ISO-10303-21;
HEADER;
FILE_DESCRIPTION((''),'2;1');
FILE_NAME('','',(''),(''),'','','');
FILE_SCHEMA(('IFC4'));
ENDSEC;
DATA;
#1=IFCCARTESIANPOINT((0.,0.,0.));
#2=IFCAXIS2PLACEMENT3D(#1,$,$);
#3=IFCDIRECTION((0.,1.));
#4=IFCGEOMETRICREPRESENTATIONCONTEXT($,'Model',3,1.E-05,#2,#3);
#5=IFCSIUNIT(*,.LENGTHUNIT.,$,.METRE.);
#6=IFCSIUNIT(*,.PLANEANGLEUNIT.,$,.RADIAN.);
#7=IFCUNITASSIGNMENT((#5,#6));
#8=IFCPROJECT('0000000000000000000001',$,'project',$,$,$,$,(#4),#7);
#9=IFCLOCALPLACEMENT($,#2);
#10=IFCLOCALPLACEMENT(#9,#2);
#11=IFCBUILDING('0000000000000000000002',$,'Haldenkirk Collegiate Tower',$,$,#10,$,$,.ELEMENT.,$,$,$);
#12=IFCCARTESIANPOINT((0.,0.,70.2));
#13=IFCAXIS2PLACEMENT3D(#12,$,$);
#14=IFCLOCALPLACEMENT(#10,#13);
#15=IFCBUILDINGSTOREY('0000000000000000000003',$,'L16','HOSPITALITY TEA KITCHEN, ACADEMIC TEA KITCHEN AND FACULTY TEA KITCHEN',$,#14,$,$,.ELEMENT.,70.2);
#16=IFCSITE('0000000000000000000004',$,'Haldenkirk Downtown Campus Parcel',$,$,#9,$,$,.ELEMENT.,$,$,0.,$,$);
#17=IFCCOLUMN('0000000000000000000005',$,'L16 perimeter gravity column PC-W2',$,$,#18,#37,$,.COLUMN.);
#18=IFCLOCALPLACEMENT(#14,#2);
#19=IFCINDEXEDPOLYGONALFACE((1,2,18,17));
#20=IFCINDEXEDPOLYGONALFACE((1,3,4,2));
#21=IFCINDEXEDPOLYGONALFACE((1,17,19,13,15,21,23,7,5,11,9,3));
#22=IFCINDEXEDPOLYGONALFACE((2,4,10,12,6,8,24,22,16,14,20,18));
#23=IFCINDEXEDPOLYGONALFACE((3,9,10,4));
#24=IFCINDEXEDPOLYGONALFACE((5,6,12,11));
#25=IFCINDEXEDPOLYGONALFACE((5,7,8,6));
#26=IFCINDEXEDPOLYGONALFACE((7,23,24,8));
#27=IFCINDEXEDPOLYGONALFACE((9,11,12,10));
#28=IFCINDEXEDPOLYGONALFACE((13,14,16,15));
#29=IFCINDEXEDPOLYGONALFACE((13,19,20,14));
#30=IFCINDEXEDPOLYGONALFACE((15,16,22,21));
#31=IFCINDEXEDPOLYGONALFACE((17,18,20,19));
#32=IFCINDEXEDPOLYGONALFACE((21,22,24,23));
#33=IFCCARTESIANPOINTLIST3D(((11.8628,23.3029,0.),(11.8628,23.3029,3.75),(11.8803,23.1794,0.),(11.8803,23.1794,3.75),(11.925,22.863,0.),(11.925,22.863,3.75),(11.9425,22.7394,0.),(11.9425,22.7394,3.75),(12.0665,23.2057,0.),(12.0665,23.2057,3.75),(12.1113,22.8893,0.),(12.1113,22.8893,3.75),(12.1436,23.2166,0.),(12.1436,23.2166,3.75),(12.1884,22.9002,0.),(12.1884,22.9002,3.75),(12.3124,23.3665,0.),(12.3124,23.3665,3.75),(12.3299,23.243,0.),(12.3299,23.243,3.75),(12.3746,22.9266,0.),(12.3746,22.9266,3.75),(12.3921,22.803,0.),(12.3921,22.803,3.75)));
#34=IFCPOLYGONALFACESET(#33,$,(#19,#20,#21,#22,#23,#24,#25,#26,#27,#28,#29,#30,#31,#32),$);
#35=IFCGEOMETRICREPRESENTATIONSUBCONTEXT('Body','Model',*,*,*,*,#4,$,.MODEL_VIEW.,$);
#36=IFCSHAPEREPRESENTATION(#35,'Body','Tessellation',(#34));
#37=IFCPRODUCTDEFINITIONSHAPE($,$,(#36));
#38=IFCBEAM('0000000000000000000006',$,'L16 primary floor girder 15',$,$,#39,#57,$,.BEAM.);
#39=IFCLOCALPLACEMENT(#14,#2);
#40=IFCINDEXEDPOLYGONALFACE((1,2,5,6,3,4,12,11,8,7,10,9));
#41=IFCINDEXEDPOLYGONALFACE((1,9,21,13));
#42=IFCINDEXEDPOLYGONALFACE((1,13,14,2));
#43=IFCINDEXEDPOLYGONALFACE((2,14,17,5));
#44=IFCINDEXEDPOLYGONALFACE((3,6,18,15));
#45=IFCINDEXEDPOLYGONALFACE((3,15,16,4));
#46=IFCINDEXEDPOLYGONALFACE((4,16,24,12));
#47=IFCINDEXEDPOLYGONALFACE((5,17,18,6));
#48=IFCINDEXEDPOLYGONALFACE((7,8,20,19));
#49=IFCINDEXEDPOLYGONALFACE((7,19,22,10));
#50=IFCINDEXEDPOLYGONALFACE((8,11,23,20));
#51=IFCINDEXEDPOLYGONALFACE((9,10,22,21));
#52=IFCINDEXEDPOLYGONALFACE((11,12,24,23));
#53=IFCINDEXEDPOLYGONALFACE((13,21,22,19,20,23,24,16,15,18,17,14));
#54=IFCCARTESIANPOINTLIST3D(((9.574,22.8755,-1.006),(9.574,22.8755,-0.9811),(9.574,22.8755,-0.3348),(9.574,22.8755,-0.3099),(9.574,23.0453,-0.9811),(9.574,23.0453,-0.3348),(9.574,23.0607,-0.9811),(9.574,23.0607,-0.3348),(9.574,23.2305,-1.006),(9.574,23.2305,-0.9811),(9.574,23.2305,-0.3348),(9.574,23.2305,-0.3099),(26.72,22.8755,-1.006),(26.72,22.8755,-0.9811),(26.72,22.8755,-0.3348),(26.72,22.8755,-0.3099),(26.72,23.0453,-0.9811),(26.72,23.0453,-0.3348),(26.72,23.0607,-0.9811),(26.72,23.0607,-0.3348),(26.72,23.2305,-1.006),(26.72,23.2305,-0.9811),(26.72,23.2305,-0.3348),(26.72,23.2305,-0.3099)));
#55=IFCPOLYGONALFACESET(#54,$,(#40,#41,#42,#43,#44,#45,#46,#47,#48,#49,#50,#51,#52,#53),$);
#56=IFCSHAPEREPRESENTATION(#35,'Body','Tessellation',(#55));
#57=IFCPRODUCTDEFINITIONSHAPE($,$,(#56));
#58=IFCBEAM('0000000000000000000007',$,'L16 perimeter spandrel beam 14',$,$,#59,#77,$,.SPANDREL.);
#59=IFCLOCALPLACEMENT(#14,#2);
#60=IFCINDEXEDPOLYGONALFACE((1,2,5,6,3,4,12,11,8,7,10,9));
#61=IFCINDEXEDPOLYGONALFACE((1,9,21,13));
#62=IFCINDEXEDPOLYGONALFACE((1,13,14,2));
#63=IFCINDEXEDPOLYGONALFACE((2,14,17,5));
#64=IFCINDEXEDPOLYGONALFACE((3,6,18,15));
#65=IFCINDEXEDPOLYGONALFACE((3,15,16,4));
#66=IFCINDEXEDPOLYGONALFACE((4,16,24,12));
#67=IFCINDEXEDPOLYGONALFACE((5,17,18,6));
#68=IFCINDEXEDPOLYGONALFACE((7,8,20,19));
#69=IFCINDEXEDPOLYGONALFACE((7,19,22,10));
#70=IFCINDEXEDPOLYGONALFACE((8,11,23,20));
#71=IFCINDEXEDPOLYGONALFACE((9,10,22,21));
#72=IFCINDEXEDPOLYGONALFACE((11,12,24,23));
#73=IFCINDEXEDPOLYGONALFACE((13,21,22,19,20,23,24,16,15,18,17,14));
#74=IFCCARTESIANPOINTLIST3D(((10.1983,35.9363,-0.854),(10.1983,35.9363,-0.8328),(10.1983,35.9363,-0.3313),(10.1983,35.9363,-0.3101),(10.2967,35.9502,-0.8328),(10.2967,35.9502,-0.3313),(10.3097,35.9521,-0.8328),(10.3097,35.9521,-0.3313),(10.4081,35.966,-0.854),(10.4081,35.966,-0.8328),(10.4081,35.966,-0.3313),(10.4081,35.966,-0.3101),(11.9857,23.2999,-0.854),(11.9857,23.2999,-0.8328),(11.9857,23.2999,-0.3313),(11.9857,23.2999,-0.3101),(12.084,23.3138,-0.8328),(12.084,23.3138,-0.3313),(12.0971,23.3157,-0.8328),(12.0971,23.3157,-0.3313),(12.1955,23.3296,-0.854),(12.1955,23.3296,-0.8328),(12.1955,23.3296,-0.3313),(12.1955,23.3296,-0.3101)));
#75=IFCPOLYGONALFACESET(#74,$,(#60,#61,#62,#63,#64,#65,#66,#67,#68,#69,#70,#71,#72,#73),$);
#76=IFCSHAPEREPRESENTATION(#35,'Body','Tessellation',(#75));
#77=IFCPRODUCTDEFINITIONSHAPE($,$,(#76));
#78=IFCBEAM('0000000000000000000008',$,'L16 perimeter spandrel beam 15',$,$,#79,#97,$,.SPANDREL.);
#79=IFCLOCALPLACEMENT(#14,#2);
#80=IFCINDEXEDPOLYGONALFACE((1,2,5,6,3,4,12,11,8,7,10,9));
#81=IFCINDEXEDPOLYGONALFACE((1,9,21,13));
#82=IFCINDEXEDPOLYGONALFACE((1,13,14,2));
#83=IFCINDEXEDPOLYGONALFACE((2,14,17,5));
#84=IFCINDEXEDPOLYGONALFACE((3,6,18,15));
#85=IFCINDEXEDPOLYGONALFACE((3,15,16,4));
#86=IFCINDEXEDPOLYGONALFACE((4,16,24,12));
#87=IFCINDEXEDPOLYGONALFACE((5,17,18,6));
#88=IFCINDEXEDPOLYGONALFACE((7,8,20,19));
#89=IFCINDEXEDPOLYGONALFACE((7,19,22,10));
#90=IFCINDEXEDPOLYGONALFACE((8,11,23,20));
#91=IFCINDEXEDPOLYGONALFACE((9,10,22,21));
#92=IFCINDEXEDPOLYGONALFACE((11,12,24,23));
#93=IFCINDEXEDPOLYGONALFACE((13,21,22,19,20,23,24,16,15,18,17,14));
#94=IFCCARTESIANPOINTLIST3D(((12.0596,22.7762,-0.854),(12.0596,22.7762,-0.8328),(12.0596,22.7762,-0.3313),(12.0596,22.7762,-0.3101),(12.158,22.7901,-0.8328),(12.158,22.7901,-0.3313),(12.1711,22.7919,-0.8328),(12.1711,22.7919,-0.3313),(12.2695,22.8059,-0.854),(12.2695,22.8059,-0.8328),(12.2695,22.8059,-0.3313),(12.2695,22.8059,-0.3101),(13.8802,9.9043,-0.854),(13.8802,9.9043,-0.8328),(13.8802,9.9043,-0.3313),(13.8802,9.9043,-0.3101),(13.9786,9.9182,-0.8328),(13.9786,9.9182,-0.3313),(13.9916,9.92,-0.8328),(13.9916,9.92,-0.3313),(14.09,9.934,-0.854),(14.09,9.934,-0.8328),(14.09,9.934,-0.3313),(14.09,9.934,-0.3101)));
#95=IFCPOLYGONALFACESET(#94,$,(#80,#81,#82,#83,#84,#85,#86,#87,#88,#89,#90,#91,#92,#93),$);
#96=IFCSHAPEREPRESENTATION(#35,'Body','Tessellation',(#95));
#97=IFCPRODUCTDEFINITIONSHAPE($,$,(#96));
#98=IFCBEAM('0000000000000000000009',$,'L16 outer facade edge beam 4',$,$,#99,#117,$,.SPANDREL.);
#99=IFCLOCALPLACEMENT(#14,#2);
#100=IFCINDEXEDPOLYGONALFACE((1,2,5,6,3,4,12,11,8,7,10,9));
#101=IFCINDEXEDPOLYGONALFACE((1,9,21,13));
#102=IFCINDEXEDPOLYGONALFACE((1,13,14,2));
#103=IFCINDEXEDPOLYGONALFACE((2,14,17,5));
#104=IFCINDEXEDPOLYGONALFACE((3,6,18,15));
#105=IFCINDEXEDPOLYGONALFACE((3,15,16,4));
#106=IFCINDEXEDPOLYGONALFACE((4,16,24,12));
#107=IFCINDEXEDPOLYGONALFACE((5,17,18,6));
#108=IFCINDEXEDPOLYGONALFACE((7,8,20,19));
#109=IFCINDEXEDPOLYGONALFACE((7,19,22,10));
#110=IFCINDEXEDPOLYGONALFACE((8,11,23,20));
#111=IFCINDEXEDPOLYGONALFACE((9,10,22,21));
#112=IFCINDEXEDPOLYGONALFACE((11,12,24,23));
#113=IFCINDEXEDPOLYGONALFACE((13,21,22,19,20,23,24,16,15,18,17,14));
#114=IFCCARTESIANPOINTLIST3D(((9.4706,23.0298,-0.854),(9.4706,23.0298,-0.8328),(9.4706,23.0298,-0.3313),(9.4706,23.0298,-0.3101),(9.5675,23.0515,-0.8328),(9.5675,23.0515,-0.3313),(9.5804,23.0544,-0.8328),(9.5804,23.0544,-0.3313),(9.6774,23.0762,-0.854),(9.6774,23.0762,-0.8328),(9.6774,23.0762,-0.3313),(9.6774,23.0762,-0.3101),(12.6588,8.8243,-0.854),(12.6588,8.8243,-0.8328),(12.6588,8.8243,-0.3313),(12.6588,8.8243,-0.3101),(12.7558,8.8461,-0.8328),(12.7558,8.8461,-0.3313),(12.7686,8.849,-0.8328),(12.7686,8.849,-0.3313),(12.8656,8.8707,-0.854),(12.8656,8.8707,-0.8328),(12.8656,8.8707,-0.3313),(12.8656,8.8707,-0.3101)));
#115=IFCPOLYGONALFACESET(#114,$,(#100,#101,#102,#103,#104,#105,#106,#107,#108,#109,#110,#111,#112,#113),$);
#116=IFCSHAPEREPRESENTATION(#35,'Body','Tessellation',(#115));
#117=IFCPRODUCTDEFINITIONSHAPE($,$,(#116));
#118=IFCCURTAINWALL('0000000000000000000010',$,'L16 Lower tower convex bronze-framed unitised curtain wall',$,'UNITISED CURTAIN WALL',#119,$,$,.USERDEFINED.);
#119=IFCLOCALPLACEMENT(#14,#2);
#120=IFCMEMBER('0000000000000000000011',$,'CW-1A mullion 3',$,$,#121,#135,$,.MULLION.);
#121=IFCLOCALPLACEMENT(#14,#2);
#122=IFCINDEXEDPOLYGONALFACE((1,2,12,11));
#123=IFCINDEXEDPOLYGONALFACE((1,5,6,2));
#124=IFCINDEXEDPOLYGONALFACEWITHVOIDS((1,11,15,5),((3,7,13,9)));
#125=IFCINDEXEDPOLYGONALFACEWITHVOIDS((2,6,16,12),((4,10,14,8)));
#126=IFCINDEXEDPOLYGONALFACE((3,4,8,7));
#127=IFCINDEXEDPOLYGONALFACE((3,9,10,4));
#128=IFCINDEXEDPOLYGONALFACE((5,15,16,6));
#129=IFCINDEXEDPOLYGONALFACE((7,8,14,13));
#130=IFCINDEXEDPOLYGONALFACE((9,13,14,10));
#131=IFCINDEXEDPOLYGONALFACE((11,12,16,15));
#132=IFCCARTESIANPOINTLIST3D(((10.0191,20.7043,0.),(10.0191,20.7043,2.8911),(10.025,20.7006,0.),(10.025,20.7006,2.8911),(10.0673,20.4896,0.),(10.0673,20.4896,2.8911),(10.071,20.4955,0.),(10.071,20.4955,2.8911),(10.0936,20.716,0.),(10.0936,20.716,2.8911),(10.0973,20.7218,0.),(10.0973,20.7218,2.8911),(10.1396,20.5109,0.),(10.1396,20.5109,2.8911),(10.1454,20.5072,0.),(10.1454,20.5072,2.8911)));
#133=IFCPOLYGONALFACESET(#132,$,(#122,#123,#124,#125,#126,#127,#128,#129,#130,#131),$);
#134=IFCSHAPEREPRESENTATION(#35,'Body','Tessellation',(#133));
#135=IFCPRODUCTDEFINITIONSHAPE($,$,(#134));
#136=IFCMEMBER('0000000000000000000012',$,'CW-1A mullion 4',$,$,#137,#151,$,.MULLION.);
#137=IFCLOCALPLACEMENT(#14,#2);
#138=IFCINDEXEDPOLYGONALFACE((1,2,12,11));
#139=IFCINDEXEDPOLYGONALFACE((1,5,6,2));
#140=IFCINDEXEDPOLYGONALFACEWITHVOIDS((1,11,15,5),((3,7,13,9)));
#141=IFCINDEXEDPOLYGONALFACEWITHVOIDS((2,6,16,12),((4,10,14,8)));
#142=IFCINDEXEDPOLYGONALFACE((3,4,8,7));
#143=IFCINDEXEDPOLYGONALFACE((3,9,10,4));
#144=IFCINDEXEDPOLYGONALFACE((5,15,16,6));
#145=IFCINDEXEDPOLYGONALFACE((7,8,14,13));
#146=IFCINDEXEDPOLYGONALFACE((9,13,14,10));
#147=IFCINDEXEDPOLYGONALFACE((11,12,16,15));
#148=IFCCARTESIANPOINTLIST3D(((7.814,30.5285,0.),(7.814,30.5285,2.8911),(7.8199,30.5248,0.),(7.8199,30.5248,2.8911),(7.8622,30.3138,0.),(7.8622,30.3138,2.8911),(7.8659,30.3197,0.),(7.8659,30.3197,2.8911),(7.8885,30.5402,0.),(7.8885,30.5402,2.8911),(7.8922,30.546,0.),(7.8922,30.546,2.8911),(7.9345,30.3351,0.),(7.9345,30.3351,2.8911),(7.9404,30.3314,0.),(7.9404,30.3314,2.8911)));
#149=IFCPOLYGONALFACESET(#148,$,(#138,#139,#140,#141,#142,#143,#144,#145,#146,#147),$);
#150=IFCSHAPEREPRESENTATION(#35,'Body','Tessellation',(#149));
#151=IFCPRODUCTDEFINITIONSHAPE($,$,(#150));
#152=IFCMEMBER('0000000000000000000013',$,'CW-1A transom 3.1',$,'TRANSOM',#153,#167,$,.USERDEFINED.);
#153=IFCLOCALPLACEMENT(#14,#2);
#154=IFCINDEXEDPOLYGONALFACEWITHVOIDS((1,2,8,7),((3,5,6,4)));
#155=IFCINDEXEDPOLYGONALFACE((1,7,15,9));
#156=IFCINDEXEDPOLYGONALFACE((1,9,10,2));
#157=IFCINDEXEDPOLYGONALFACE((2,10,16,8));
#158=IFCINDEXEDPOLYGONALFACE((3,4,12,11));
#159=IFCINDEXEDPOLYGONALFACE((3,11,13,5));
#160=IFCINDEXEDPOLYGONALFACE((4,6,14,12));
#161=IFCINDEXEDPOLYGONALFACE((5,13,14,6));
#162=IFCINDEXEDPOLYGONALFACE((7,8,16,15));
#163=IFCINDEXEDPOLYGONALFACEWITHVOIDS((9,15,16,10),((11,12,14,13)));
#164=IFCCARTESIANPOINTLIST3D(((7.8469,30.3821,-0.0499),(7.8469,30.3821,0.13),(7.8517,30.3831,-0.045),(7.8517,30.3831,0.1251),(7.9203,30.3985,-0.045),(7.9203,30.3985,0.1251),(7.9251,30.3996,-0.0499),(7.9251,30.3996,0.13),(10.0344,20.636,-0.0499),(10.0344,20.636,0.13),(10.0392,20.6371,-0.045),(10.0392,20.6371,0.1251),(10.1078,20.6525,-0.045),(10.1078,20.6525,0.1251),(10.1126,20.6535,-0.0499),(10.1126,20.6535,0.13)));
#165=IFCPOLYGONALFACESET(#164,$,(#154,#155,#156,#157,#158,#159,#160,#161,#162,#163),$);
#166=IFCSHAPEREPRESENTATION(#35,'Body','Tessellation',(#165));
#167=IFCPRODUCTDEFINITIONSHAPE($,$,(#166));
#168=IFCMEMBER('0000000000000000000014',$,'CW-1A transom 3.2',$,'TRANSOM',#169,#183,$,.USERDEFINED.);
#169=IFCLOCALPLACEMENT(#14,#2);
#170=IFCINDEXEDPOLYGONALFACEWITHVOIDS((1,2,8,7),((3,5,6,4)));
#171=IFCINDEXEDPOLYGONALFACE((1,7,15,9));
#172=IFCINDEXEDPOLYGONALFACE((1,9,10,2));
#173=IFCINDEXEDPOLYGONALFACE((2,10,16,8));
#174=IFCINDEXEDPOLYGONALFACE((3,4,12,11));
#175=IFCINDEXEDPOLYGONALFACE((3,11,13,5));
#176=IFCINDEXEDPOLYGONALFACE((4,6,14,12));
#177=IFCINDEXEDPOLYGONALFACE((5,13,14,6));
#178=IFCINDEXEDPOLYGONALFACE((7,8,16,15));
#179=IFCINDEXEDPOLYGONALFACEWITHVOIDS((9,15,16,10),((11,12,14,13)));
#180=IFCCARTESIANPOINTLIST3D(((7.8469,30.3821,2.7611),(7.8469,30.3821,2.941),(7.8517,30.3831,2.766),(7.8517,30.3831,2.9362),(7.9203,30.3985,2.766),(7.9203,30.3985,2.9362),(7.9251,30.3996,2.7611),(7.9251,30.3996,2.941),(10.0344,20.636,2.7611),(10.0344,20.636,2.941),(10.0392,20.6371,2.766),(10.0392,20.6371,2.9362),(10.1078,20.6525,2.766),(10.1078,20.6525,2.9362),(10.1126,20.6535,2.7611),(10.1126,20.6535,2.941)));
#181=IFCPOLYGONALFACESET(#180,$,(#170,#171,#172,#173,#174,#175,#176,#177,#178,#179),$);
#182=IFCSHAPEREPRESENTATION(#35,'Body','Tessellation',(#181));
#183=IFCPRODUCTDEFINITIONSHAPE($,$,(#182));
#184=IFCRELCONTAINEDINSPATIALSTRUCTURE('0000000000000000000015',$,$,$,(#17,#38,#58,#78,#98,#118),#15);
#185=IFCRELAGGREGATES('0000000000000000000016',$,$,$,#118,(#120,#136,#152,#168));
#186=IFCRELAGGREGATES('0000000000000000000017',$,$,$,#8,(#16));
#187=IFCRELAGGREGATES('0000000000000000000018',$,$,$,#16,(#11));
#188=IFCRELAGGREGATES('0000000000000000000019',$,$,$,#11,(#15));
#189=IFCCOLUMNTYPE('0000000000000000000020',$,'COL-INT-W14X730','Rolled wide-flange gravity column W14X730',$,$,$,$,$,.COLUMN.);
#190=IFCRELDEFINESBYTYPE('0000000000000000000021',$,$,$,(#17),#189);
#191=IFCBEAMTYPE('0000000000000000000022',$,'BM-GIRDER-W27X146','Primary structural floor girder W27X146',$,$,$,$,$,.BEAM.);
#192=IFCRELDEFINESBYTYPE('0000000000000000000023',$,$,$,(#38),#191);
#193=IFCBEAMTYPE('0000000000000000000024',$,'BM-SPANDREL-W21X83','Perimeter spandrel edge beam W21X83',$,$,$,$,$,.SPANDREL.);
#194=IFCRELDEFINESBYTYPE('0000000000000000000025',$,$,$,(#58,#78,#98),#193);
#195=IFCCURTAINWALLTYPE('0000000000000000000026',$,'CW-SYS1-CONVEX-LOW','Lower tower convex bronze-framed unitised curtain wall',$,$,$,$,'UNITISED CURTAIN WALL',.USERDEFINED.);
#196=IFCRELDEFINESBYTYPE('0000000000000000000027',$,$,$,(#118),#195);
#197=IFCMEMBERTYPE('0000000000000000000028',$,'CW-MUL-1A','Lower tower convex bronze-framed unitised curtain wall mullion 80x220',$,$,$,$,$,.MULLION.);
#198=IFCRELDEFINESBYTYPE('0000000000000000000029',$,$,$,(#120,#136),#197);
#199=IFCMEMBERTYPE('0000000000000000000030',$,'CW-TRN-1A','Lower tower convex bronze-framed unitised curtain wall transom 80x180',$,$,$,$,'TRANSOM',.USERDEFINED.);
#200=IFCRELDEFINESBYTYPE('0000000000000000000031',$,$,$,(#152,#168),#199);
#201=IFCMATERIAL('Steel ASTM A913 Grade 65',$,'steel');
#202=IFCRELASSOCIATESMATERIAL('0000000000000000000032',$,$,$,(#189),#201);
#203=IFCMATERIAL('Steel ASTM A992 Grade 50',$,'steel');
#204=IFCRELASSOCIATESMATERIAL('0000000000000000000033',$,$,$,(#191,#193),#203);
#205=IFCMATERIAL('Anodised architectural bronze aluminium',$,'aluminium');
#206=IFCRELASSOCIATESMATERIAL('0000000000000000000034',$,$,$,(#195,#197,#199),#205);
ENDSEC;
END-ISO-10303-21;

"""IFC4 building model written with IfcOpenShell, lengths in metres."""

from ifc_helpers import new_model, si_unit, direction, frame, origin, origin_2d, place, context, subcontext, project, spatial, hollow_rectangle, i_section, extrude, material, material_profile, profile_set, type_object, element, aggregate, save


model = new_model("IFC4")

# Units and contexts
model_context = context("Model", 3, precision=1e-05, world=origin(), true_north=direction((0.0, 1.0)))
body_context = subcontext(model_context, "Body", "Model", "MODEL_VIEW")
ifc_project = project(units=[si_unit("LENGTHUNIT", "METRE"), si_unit("PLANEANGLEUNIT", "RADIAN")], contexts=[model_context])

# Site, building, storey
site_placement = place(None, origin())
site = spatial("IfcSite", under=ifc_project, at=site_placement, Name="Haldenkirk Downtown Campus Parcel", CompositionType="ELEMENT", RefElevation=0.0)
building_placement = place(site_placement, origin())
building = spatial("IfcBuilding", under=site, at=building_placement, Name="Haldenkirk Collegiate Tower", CompositionType="ELEMENT")
storey_placement = place(building_placement, frame((0.0, 0.0, 70.2)))
storey = spatial("IfcBuildingStorey", under=building, at=storey_placement, Name="L16", Description="HOSPITALITY TEA KITCHEN, ACADEMIC TEA KITCHEN AND FACULTY TEA KITCHEN", CompositionType="ELEMENT", Elevation=70.2)

# Column
ifc_material_1 = material(Name="Steel ASTM A913 Grade 65", Category="steel")
ifc_material_profile_1 = material_profile(ifc_material_1, i_section(OverallWidth=0.4541, OverallDepth=0.5691, WebThickness=0.0779, FlangeThickness=0.1248, at=origin_2d()), Name="W14X730")
ifc_profile_set_1 = profile_set([ifc_material_profile_1], Name="Steel ASTM A913 Grade 65")
column_type = type_object("IfcColumnType", Name="COL-INT-W14X730", Description="Rolled wide-flange gravity column W14X730", PredefinedType="COLUMN", material=ifc_profile_set_1)
column_placement = place(storey_placement, frame((12.1274, 23.053, 0.0), z_axis=(0.0, 0.0, 1.0), x_axis=(0.990146, 0.140037, 0.0)))
element("IfcColumn", 1, at=column_placement, inside=storey, type_object=column_type, Name="L16 perimeter gravity column PC-W2", PredefinedType="COLUMN", context=body_context, shape_type="SweptSolid", body=[
    extrude(i_section(OverallWidth=0.4541, OverallDepth=0.5691, WebThickness=0.0779, FlangeThickness=0.1248, at=origin_2d()), origin(), (0.0, 0.0, 1.0), 3.75),
])

# Beams
ifc_material_2 = material(Name="Steel ASTM A992 Grade 50", Category="steel")
ifc_material_profile_2 = material_profile(ifc_material_2, i_section(OverallWidth=0.355, OverallDepth=0.696, WebThickness=0.0154, FlangeThickness=0.0249, at=origin_2d()), Name="W27X146")
ifc_profile_set_2 = profile_set([ifc_material_profile_2], Name="Steel ASTM A992 Grade 50")
beam_type_1 = type_object("IfcBeamType", Name="BM-GIRDER-W27X146", Description="Primary structural floor girder W27X146", PredefinedType="BEAM", material=ifc_profile_set_2)
beam_1_placement = place(storey_placement, frame((9.574, 23.053, -0.658), z_axis=(1.0, 0.0, 0.0), x_axis=(0.0, 1.0, 0.0)))
element("IfcBeam", 2, at=beam_1_placement, inside=storey, type_object=beam_type_1, Name="L16 primary floor girder 15", PredefinedType="BEAM", context=body_context, shape_type="SweptSolid", body=[
    extrude(i_section(OverallWidth=0.355, OverallDepth=0.696, WebThickness=0.0154, FlangeThickness=0.0249, at=origin_2d()), origin(), (0.0, 0.0, 1.0), 17.146),
])
ifc_material_profile_3 = material_profile(ifc_material_2, i_section(OverallWidth=0.2119, OverallDepth=0.5439, WebThickness=0.0132, FlangeThickness=0.0212, at=origin_2d()), Name="W21X83")
ifc_profile_set_3 = profile_set([ifc_material_profile_3], Name="Steel ASTM A992 Grade 50")
beam_type_2 = type_object("IfcBeamType", Name="BM-SPANDREL-W21X83", Description="Perimeter spandrel edge beam W21X83", PredefinedType="SPANDREL", material=ifc_profile_set_3)
beam_2_placement = place(storey_placement, frame((10.3032, 35.9512, -0.582), z_axis=(0.14005, -0.990144, 0.0), x_axis=(0.990144, 0.14005, 0.0)))
element("IfcBeam", 3, at=beam_2_placement, inside=storey, type_object=beam_type_2, Name="L16 perimeter spandrel beam 14", PredefinedType="SPANDREL", context=body_context, shape_type="SweptSolid", body=[
    extrude(i_section(OverallWidth=0.2119, OverallDepth=0.5439, WebThickness=0.0132, FlangeThickness=0.0212, at=origin_2d()), origin(), (0.0, 0.0, 1.0), 12.7622),
])
beam_3_placement = place(storey_placement, frame((12.1646, 22.791, -0.582), z_axis=(0.140044, -0.990145, 0.0), x_axis=(0.990145, 0.140044, 0.0)))
element("IfcBeam", 4, at=beam_3_placement, inside=storey, type_object=beam_type_2, Name="L16 perimeter spandrel beam 15", PredefinedType="SPANDREL", context=body_context, shape_type="SweptSolid", body=[
    extrude(i_section(OverallWidth=0.2119, OverallDepth=0.5439, WebThickness=0.0132, FlangeThickness=0.0212, at=origin_2d()), origin(), (0.0, 0.0, 1.0), 13.0),
])
beam_4_placement = place(storey_placement, frame((9.574, 23.053, -0.582), z_axis=(0.218988, -0.975728, 0.0), x_axis=(0.975728, 0.218988, 0.0)))
element("IfcBeam", 5, at=beam_4_placement, inside=storey, type_object=beam_type_2, Name="L16 outer facade edge beam 4", PredefinedType="SPANDREL", context=body_context, shape_type="SweptSolid", body=[
    extrude(i_section(OverallWidth=0.2119, OverallDepth=0.5439, WebThickness=0.0132, FlangeThickness=0.0212, at=origin_2d()), origin(), (0.0, 0.0, 1.0), 14.5588),
])

# Curtain wall, members
ifc_material_3 = material(Name="Anodised architectural bronze aluminium", Category="aluminium")
curtain_wall_type = type_object("IfcCurtainWallType", Name="CW-SYS1-CONVEX-LOW", Description="Lower tower convex bronze-framed unitised curtain wall", ElementType="UNITISED CURTAIN WALL", PredefinedType="USERDEFINED", material=ifc_material_3)
curtain_wall_placement = place(storey_placement, origin())
curtain_wall = element("IfcCurtainWall", 6, at=curtain_wall_placement, inside=storey, type_object=curtain_wall_type, Name="L16 Lower tower convex bronze-framed unitised curtain wall", ObjectType="UNITISED CURTAIN WALL", PredefinedType="USERDEFINED")
ifc_material_profile_4 = material_profile(ifc_material_3, hollow_rectangle(XDim=0.0801, YDim=0.22, WallThickness=0.0049, at=origin_2d()), Name="CW-MUL-1A")
ifc_profile_set_4 = profile_set([ifc_material_profile_4], Name="Anodised architectural bronze aluminium")
member_type_1 = type_object("IfcMemberType", Name="CW-MUL-1A", Description="Lower tower convex bronze-framed unitised curtain wall mullion 80x220", PredefinedType="MULLION", material=ifc_profile_set_4)
member_1_placement = place(storey_placement, frame((10.0823, 20.6057, 0.0), z_axis=(0.0, 0.0, 1.0), x_axis=(-0.975726, -0.218995, 0.0)))
member_1 = element("IfcMember", 7, at=member_1_placement, type_object=member_type_1, Name="CW-1A mullion 3", PredefinedType="MULLION", context=body_context, shape_type="SweptSolid", body=[
    extrude(hollow_rectangle(XDim=0.0801, YDim=0.22, WallThickness=0.0049, at=origin_2d()), origin(), (0.0, 0.0, 1.0), 2.8911),
])
member_2_placement = place(storey_placement, frame((7.8772, 30.4299, 0.0), z_axis=(0.0, 0.0, 1.0), x_axis=(-0.975726, -0.218995, 0.0)))
member_2 = element("IfcMember", 8, at=member_2_placement, type_object=member_type_1, Name="CW-1A mullion 4", PredefinedType="MULLION", context=body_context, shape_type="SweptSolid", body=[
    extrude(hollow_rectangle(XDim=0.0801, YDim=0.22, WallThickness=0.0049, at=origin_2d()), origin(), (0.0, 0.0, 1.0), 2.8911),
])
ifc_material_profile_5 = material_profile(ifc_material_3, hollow_rectangle(XDim=0.0801, YDim=0.1799, WallThickness=0.0049, at=origin_2d()), Name="CW-TRN-1A")
ifc_profile_set_5 = profile_set([ifc_material_profile_5], Name="Anodised architectural bronze aluminium")
member_type_2 = type_object("IfcMemberType", Name="CW-TRN-1A", Description="Lower tower convex bronze-framed unitised curtain wall transom 80x180", ElementType="TRANSOM", PredefinedType="USERDEFINED", material=ifc_profile_set_5)
member_3_placement = place(storey_placement, frame((10.0735, 20.6448, 0.04), z_axis=(-0.219, 0.975725, 0.0), x_axis=(-0.975725, -0.219, 0.0)))
member_3 = element("IfcMember", 9, at=member_3_placement, type_object=member_type_2, Name="CW-1A transom 3.1", ObjectType="TRANSOM", PredefinedType="USERDEFINED", context=body_context, shape_type="SweptSolid", body=[
    extrude(hollow_rectangle(XDim=0.0801, YDim=0.1799, WallThickness=0.0049, at=origin_2d()), origin(), (0.0, 0.0, 1.0), 9.9885),
])
member_4_placement = place(storey_placement, frame((10.0735, 20.6448, 2.8511), z_axis=(-0.219, 0.975725, 0.0), x_axis=(-0.975725, -0.219, 0.0)))
member_4 = element("IfcMember", 10, at=member_4_placement, type_object=member_type_2, Name="CW-1A transom 3.2", ObjectType="TRANSOM", PredefinedType="USERDEFINED", context=body_context, shape_type="SweptSolid", body=[
    extrude(hollow_rectangle(XDim=0.0801, YDim=0.1799, WallThickness=0.0049, at=origin_2d()), origin(), (0.0, 0.0, 1.0), 9.9885),
])

aggregate(curtain_wall, [member_1, member_2, member_3, member_4])

save(model, "model.ifc")
